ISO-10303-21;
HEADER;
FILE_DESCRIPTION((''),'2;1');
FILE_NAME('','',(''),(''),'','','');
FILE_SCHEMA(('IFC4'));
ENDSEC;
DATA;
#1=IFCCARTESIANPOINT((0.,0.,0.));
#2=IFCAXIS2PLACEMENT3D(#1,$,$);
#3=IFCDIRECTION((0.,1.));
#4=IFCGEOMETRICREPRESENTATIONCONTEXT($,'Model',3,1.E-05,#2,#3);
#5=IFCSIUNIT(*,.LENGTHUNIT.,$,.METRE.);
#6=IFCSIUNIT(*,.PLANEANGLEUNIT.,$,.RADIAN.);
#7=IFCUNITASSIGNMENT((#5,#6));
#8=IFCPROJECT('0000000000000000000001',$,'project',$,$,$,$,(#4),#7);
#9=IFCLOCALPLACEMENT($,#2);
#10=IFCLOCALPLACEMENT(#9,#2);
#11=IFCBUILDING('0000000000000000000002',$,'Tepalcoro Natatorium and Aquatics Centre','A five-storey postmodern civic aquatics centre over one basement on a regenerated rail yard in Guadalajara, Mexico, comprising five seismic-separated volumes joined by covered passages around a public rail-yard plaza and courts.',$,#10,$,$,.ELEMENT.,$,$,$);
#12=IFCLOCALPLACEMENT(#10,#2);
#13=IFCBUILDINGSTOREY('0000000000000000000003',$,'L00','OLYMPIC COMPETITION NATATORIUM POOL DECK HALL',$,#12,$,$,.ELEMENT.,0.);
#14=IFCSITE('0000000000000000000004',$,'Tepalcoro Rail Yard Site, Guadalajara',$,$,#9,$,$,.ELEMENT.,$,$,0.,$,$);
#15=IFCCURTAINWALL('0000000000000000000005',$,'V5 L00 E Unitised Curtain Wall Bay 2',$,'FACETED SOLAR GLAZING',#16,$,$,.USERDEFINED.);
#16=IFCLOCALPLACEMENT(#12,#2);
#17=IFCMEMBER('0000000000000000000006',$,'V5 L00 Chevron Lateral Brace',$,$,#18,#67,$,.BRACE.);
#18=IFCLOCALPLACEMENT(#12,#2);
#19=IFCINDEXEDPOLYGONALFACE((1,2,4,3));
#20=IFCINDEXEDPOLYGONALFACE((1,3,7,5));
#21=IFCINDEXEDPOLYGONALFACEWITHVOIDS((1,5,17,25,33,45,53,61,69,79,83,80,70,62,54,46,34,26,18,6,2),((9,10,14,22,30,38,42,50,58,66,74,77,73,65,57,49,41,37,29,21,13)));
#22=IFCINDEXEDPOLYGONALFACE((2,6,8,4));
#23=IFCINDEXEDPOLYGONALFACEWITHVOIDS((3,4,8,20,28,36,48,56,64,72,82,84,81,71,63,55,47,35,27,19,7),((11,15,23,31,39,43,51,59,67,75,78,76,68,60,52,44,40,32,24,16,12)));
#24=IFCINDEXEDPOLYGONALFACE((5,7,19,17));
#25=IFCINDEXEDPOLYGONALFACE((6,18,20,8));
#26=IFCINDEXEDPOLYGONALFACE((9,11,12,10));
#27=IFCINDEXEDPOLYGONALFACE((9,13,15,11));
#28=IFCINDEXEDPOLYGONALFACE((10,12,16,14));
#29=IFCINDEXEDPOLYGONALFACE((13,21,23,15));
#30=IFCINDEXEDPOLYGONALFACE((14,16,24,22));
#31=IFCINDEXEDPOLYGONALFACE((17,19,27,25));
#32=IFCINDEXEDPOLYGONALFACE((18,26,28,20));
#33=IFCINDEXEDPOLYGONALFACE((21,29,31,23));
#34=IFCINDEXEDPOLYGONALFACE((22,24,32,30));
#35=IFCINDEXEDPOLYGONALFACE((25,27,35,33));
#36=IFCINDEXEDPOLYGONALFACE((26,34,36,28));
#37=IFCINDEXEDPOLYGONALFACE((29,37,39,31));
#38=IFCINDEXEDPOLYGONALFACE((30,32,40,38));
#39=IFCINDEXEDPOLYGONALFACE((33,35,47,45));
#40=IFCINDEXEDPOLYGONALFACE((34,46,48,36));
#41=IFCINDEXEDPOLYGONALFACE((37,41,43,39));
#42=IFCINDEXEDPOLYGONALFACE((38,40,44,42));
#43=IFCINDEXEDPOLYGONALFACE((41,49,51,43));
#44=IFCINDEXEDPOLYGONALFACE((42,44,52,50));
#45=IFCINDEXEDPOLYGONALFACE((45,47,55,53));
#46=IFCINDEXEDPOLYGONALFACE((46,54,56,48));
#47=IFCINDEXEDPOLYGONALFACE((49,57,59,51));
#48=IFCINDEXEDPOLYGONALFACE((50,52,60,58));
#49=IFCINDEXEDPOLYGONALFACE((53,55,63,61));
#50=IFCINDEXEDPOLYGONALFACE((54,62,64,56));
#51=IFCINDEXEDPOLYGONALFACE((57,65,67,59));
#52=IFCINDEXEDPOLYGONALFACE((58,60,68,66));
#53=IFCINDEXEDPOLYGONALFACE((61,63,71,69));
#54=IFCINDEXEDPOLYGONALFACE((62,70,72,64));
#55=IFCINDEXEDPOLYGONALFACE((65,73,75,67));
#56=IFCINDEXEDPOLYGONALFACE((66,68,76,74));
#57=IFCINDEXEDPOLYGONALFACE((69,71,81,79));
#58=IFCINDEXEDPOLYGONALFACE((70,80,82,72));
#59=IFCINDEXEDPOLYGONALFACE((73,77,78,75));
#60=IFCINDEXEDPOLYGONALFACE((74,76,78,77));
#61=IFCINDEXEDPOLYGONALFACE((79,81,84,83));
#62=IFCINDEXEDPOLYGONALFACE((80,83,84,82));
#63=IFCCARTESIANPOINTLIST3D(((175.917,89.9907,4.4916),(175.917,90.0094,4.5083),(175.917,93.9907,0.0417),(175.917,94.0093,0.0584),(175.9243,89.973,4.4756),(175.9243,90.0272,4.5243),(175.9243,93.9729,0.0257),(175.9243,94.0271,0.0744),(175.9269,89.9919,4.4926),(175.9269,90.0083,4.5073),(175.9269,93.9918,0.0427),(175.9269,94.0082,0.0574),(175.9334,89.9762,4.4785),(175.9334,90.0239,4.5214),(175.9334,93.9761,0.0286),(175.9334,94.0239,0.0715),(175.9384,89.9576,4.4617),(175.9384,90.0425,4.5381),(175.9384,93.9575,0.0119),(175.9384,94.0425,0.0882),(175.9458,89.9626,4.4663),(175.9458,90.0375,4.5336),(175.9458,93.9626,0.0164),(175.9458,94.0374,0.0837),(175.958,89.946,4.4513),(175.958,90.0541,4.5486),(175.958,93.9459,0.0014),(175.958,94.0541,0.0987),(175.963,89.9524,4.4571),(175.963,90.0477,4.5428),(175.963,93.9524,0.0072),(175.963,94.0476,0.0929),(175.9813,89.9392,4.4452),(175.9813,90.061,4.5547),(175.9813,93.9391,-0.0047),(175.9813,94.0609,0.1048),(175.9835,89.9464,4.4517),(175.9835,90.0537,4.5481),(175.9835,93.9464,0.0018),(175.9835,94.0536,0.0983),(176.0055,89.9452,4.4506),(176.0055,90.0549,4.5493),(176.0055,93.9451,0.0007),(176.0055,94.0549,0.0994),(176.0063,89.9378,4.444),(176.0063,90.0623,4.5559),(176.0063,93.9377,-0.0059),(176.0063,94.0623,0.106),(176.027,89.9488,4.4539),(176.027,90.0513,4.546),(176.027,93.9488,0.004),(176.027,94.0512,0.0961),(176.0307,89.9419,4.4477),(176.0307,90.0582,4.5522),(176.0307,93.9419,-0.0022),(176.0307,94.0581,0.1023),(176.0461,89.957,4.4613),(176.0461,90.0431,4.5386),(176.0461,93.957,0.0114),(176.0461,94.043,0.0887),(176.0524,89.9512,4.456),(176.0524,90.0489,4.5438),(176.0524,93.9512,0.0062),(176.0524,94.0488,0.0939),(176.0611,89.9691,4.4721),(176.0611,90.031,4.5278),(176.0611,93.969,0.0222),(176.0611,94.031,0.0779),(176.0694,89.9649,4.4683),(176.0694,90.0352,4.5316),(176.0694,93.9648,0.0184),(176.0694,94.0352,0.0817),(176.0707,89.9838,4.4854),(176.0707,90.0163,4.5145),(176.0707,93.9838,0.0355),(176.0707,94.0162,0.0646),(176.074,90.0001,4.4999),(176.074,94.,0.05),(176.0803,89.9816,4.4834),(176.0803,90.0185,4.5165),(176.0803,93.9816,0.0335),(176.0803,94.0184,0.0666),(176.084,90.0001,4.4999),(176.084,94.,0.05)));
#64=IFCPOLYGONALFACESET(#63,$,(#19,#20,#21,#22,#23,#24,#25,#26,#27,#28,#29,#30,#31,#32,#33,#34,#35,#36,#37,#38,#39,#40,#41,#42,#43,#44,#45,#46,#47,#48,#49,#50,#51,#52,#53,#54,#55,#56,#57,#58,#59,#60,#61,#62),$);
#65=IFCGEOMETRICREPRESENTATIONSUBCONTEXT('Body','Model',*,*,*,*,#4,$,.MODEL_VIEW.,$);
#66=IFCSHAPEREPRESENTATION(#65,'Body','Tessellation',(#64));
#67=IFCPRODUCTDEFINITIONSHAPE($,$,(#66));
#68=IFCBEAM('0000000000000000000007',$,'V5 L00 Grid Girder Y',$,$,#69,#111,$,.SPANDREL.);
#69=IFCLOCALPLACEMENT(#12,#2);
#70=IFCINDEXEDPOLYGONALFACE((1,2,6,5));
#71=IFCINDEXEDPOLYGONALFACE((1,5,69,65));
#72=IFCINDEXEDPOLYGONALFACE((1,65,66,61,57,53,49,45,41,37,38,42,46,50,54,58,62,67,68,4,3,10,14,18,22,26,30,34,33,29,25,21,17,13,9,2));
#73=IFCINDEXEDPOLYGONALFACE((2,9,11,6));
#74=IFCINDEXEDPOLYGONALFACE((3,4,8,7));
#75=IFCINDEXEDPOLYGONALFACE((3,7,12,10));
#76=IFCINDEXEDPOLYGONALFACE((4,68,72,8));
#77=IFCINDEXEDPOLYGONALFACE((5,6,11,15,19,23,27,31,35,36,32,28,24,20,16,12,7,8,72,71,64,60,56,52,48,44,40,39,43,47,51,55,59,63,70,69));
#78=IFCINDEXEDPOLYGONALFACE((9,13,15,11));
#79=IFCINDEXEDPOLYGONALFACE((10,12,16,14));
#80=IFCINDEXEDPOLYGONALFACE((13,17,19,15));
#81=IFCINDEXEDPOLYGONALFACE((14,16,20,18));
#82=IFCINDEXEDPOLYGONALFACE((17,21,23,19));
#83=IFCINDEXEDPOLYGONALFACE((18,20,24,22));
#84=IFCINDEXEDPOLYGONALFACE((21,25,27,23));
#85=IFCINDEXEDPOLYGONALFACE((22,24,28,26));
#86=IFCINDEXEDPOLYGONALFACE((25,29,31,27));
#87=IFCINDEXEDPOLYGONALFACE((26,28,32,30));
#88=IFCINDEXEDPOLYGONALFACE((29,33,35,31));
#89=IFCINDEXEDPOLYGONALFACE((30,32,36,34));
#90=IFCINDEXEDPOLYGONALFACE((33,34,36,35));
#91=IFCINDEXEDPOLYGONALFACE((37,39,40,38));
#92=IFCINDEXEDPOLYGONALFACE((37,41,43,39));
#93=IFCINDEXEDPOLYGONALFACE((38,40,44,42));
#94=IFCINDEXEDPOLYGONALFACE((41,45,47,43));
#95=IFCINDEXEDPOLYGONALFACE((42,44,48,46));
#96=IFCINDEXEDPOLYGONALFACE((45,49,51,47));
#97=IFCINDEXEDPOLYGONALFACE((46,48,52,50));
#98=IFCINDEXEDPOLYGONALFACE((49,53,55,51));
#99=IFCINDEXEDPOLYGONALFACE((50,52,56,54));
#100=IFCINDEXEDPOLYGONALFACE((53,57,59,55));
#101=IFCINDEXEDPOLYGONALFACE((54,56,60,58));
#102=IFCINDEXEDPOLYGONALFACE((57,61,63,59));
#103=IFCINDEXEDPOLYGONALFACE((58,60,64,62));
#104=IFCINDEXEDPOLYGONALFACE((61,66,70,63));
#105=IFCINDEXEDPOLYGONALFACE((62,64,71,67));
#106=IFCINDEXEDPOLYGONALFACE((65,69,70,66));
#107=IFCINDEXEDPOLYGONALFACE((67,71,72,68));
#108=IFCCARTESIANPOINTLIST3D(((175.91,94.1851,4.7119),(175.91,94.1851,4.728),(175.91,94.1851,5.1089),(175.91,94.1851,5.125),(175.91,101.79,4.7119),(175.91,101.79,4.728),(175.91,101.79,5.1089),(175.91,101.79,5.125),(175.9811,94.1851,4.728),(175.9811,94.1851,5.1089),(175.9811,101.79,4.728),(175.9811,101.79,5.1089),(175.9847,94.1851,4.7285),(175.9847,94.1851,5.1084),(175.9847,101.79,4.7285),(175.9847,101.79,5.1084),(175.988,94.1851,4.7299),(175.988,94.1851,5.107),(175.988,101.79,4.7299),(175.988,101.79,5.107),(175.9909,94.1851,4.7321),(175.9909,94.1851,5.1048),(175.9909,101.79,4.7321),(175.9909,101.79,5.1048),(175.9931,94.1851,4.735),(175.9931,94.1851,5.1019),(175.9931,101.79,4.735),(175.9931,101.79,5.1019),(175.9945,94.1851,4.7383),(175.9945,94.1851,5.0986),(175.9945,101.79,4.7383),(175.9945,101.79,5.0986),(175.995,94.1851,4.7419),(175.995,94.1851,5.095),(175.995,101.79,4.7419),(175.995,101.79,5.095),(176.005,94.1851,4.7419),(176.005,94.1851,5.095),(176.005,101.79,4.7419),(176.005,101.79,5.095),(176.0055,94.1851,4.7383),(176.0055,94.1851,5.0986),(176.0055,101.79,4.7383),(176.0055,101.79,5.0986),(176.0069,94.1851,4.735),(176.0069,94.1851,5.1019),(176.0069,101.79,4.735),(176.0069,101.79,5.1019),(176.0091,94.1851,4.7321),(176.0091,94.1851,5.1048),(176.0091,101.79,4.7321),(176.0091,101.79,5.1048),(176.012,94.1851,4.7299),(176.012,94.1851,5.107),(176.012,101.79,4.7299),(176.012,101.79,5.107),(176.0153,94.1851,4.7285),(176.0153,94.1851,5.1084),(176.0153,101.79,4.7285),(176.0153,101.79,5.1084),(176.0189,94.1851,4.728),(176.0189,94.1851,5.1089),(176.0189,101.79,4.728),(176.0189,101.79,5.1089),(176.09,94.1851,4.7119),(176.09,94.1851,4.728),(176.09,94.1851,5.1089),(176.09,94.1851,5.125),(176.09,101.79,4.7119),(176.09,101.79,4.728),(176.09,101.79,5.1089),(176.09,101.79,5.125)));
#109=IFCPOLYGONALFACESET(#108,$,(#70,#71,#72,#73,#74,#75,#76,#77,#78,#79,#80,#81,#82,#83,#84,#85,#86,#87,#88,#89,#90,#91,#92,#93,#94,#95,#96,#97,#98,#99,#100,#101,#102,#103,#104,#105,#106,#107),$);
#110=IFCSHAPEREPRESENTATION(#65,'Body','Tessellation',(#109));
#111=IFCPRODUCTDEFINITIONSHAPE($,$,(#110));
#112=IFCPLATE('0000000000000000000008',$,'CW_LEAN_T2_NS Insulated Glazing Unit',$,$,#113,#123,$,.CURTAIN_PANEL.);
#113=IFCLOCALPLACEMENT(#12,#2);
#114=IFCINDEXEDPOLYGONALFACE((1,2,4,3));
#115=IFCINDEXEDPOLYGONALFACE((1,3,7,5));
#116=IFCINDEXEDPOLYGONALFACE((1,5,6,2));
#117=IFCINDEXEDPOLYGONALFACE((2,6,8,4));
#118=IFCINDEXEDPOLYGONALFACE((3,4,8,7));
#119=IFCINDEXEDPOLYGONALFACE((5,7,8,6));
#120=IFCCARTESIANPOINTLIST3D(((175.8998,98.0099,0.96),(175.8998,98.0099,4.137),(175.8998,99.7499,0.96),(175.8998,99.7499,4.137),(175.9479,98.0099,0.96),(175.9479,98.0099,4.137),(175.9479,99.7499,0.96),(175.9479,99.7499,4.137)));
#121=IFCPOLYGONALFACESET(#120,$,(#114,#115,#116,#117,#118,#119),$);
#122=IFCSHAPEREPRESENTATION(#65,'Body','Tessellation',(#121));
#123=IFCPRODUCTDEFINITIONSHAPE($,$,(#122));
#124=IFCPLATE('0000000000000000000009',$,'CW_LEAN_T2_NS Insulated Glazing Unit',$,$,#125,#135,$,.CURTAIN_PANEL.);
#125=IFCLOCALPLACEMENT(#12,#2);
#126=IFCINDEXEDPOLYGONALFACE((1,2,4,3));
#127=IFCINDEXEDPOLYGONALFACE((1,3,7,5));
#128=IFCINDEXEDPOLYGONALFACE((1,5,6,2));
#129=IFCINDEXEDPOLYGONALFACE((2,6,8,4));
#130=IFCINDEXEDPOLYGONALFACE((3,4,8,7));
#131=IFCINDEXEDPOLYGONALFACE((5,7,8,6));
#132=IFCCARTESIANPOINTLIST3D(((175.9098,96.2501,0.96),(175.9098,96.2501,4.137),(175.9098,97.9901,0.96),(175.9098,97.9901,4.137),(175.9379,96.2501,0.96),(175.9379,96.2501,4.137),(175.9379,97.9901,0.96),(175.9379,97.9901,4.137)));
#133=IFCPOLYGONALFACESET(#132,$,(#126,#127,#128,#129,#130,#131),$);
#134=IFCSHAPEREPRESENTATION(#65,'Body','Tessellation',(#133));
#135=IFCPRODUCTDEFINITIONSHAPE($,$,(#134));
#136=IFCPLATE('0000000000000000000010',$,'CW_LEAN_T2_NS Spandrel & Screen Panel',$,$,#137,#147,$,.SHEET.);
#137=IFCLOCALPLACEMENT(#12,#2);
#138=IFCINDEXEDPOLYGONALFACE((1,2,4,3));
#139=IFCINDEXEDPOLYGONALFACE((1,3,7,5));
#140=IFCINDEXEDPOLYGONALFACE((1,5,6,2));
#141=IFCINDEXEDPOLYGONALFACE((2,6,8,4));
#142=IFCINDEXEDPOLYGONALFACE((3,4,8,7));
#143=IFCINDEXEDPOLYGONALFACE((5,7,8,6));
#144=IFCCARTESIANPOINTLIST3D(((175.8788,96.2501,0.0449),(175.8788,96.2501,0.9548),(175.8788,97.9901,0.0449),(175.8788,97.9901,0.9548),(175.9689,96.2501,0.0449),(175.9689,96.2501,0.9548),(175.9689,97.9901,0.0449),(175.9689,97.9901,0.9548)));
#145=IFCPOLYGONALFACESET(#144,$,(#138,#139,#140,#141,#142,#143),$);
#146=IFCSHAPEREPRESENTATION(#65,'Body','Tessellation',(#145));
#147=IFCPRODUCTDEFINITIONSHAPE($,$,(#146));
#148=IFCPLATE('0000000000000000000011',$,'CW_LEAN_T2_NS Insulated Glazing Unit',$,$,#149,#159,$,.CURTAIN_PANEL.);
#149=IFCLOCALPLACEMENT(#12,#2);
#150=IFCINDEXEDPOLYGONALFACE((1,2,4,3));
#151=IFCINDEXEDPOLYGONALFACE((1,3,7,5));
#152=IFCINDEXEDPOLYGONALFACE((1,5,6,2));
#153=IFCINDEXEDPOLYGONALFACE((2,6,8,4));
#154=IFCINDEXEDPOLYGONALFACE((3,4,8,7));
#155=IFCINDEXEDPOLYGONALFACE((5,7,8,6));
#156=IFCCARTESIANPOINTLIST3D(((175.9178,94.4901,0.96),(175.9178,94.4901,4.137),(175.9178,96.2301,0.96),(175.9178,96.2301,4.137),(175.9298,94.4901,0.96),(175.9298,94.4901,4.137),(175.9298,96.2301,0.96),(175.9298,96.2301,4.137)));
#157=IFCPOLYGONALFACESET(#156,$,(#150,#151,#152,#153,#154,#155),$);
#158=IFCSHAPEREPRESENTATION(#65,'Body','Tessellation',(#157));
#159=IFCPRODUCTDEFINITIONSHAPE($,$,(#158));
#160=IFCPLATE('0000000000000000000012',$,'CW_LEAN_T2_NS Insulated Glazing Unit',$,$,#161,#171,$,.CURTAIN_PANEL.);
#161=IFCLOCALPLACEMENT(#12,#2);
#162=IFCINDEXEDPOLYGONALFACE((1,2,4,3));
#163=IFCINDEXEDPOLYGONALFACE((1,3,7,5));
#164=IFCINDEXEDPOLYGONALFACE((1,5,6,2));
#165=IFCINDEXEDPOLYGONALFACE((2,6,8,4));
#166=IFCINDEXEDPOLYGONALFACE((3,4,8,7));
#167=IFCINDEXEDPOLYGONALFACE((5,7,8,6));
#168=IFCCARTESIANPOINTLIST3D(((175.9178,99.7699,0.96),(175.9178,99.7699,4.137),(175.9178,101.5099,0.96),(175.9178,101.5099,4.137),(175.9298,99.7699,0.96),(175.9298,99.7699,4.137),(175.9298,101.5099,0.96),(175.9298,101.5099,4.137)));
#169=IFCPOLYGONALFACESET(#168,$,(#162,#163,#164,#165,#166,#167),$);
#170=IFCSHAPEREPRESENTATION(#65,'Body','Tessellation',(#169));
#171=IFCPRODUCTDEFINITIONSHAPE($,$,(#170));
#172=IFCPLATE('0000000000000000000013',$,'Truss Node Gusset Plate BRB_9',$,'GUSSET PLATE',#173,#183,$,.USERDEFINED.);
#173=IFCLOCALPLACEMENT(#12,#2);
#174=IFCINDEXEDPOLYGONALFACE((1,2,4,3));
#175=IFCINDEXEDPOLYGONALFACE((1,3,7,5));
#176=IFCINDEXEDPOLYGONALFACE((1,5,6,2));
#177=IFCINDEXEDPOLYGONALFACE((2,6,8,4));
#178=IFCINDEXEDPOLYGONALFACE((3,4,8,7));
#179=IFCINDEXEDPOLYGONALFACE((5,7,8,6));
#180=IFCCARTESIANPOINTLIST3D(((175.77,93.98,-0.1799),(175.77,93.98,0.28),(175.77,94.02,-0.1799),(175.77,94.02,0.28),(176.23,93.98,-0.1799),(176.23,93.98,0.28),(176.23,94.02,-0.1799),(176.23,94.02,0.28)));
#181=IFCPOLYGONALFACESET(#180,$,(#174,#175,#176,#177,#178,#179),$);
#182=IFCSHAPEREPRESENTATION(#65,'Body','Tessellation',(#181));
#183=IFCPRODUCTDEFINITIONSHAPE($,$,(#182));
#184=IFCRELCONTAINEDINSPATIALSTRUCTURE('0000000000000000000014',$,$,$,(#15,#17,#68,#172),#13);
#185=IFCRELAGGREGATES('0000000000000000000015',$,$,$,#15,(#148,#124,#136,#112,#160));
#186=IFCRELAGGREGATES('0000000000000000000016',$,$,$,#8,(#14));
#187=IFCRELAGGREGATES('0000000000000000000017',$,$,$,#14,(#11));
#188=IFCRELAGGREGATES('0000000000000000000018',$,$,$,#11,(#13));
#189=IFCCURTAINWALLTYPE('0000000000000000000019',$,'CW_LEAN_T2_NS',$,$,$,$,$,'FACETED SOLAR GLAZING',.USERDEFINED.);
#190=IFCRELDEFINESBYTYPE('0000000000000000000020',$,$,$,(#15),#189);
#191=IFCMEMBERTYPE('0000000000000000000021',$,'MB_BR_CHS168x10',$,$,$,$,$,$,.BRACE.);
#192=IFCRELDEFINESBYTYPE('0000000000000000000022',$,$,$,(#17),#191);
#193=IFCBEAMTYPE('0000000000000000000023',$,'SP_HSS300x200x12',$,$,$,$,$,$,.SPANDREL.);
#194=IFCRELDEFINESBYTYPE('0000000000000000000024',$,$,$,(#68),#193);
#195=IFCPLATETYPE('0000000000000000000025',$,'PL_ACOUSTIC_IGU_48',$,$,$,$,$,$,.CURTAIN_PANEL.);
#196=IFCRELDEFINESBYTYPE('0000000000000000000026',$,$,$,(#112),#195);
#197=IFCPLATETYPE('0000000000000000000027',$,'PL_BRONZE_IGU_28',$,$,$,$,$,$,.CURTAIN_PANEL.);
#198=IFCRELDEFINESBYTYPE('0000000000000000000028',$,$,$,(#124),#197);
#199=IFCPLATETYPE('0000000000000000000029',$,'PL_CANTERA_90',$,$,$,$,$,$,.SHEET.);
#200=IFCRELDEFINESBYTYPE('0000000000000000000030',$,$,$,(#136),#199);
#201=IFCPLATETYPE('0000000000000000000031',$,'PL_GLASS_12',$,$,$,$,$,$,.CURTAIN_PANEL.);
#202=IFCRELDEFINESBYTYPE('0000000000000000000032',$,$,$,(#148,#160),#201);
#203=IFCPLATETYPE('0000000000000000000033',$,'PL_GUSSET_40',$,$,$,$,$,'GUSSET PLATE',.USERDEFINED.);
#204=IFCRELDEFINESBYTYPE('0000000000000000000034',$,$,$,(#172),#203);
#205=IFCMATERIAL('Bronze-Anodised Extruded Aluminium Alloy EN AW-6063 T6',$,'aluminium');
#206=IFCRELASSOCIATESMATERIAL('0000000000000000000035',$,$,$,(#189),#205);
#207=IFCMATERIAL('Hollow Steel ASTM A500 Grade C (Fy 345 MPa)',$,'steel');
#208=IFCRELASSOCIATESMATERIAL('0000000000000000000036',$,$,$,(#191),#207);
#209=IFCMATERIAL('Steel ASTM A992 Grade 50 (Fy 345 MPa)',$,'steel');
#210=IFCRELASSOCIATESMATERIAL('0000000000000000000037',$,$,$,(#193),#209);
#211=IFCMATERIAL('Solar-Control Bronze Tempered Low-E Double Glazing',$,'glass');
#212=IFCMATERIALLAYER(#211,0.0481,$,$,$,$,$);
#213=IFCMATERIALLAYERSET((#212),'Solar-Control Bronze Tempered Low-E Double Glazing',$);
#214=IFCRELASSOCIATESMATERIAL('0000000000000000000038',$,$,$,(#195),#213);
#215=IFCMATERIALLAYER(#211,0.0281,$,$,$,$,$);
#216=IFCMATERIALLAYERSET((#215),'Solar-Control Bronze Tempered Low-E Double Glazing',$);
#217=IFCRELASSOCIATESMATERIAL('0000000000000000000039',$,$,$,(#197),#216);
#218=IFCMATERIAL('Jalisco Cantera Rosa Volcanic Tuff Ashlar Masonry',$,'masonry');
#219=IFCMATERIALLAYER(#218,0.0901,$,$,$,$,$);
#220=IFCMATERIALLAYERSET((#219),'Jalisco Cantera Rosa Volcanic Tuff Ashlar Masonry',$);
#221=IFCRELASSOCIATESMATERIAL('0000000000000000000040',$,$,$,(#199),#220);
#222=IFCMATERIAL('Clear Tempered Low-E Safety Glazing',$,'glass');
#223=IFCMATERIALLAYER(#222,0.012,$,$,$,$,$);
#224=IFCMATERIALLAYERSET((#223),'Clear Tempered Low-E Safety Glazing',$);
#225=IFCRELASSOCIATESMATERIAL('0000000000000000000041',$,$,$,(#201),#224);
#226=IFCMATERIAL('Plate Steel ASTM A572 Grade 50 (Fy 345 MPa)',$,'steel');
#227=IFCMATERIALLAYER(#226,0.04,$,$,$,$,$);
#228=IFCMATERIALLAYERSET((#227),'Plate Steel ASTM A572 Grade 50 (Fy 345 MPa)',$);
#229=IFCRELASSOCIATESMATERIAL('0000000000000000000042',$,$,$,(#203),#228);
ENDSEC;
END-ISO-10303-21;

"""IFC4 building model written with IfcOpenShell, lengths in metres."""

from ifc_helpers import new_model, si_unit, direction, frame, origin, origin_2d, place, context, subcontext, project, spatial, rectangle, hollow_circle, i_section, extrude, material, layer, layer_set, material_profile, profile_set, type_object, element, aggregate, save


model = new_model("IFC4")

# Units and contexts
model_context = context("Model", 3, precision=1e-05, world=origin(), true_north=direction((0.0, 1.0)))
body_context = subcontext(model_context, "Body", "Model", "MODEL_VIEW")
ifc_project = project(units=[si_unit("LENGTHUNIT", "METRE"), si_unit("PLANEANGLEUNIT", "RADIAN")], contexts=[model_context])

# Site, building, storey
site_placement = place(None, origin())
site = spatial("IfcSite", under=ifc_project, at=site_placement, Name="Tepalcoro Rail Yard Site, Guadalajara", CompositionType="ELEMENT", RefElevation=0.0)
building_placement = place(site_placement, origin())
building = spatial("IfcBuilding", under=site, at=building_placement, Name="Tepalcoro Natatorium and Aquatics Centre", Description="A five-storey postmodern civic aquatics centre over one basement on a regenerated rail yard in Guadalajara, Mexico, comprising five seismic-separated volumes joined by covered passages around a public rail-yard plaza and courts.", CompositionType="ELEMENT")
storey_placement = place(building_placement, origin())
storey = spatial("IfcBuildingStorey", under=building, at=storey_placement, Name="L00", Description="OLYMPIC COMPETITION NATATORIUM POOL DECK HALL", CompositionType="ELEMENT", Elevation=0.0)

# Shared definitions
ifc_material_1 = material(Name="Steel ASTM A992 Grade 50 (Fy 345 MPa)", Category="steel")

# Curtain wall
ifc_material_2 = material(Name="Bronze-Anodised Extruded Aluminium Alloy EN AW-6063 T6", Category="aluminium")
curtain_wall_type = type_object("IfcCurtainWallType", Name="CW_LEAN_T2_NS", ElementType="FACETED SOLAR GLAZING", PredefinedType="USERDEFINED", material=ifc_material_2)
curtain_wall_placement = place(storey_placement, origin())
curtain_wall = element("IfcCurtainWall", 1, at=curtain_wall_placement, inside=storey, type_object=curtain_wall_type, Name="V5 L00 E Unitised Curtain Wall Bay 2", ObjectType="FACETED SOLAR GLAZING", PredefinedType="USERDEFINED")

# Member
ifc_material_3 = material(Name="Hollow Steel ASTM A500 Grade C (Fy 345 MPa)", Category="steel")
ifc_material_profile_1 = material_profile(ifc_material_3, hollow_circle(Radius=0.084, WallThickness=0.01, at=origin_2d()), Name="CHS168X10")
ifc_profile_set_1 = profile_set([ifc_material_profile_1], Name="Hollow Steel ASTM A500 Grade C (Fy 345 MPa)")
member_type_1 = type_object("IfcMemberType", Name="MB_BR_CHS168x10", PredefinedType="BRACE", material=ifc_profile_set_1)
member_1_placement = place(storey_placement, frame((176.0, 94.0, 0.05), z_axis=(0.0, -0.668507, 0.743706), x_axis=(1.0, 0.0, 0.0)))
element("IfcMember", 2, at=member_1_placement, inside=storey, type_object=member_type_1, Name="V5 L00 Chevron Lateral Brace", PredefinedType="BRACE", context=body_context, shape_type="SweptSolid", body=[
    extrude(hollow_circle(Radius=0.084, WallThickness=0.01, at=origin_2d()), origin(), (0.0, 0.0, 1.0), 5.9834),
])

# Beam
ifc_material_profile_2 = material_profile(ifc_material_1, i_section(OverallWidth=0.1799, OverallDepth=0.4131, WebThickness=0.01, FlangeThickness=0.0161, FilletRadius=0.0139, at=origin_2d()), Name="W16X50")
ifc_profile_set_2 = profile_set([ifc_material_profile_2], Name="Steel ASTM A992 Grade 50 (Fy 345 MPa)")
beam_type_1 = type_object("IfcBeamType", Name="SP_HSS300x200x12", PredefinedType="SPANDREL", material=ifc_profile_set_2)
beam_1_placement = place(storey_placement, frame((176.0, 94.1851, 4.9185), z_axis=(0.0, 1.0, 0.0), x_axis=(-1.0, 0.0, 0.0)))
element("IfcBeam", 3, at=beam_1_placement, inside=storey, type_object=beam_type_1, Name="V5 L00 Grid Girder Y", PredefinedType="SPANDREL", context=body_context, shape_type="SweptSolid", body=[
    extrude(i_section(OverallWidth=0.1799, OverallDepth=0.4131, WebThickness=0.01, FlangeThickness=0.0161, FilletRadius=0.0139, at=origin_2d()), origin(), (0.0, 0.0, 1.0), 7.605),
])

# Plates
ifc_material_4 = material(Name="Solar-Control Bronze Tempered Low-E Double Glazing", Category="glass")
ifc_layer_1 = layer(ifc_material_4, 0.0481)
ifc_layer_set_1 = layer_set([ifc_layer_1], Name="Solar-Control Bronze Tempered Low-E Double Glazing")
plate_type_1 = type_object("IfcPlateType", Name="PL_ACOUSTIC_IGU_48", PredefinedType="CURTAIN_PANEL", material=ifc_layer_set_1)
plate_1_placement = place(storey_placement, frame((175.9238, 98.8799, 0.96), z_axis=(0.0, 0.0, 1.0), x_axis=(1.0, 0.0, 0.0)))
plate_1 = element("IfcPlate", 4, at=plate_1_placement, type_object=plate_type_1, Name="CW_LEAN_T2_NS Insulated Glazing Unit", PredefinedType="CURTAIN_PANEL", context=body_context, shape_type="SweptSolid", body=[
    extrude(rectangle(XDim=0.0481, YDim=1.74, at=origin_2d()), origin(), (0.0, 0.0, 1.0), 3.177),
])
ifc_layer_2 = layer(ifc_material_4, 0.0281)
ifc_layer_set_2 = layer_set([ifc_layer_2], Name="Solar-Control Bronze Tempered Low-E Double Glazing")
plate_type_2 = type_object("IfcPlateType", Name="PL_BRONZE_IGU_28", PredefinedType="CURTAIN_PANEL", material=ifc_layer_set_2)
plate_2_placement = place(storey_placement, frame((175.9238, 97.1201, 0.96), z_axis=(0.0, 0.0, 1.0), x_axis=(1.0, 0.0, 0.0)))
plate_2 = element("IfcPlate", 5, at=plate_2_placement, type_object=plate_type_2, Name="CW_LEAN_T2_NS Insulated Glazing Unit", PredefinedType="CURTAIN_PANEL", context=body_context, shape_type="SweptSolid", body=[
    extrude(rectangle(XDim=0.0281, YDim=1.74, at=origin_2d()), origin(), (0.0, 0.0, 1.0), 3.177),
])
ifc_material_5 = material(Name="Jalisco Cantera Rosa Volcanic Tuff Ashlar Masonry", Category="masonry")
ifc_layer_3 = layer(ifc_material_5, 0.0901)
ifc_layer_set_3 = layer_set([ifc_layer_3], Name="Jalisco Cantera Rosa Volcanic Tuff Ashlar Masonry")
plate_type_3 = type_object("IfcPlateType", Name="PL_CANTERA_90", PredefinedType="SHEET", material=ifc_layer_set_3)
plate_3_placement = place(storey_placement, frame((175.9238, 97.1201, 0.0449), z_axis=(0.0, 0.0, 1.0), x_axis=(1.0, 0.0, 0.0)))
plate_3 = element("IfcPlate", 6, at=plate_3_placement, type_object=plate_type_3, Name="CW_LEAN_T2_NS Spandrel & Screen Panel", PredefinedType="SHEET", context=body_context, shape_type="SweptSolid", body=[
    extrude(rectangle(XDim=0.0901, YDim=1.74, at=origin_2d()), origin(), (0.0, 0.0, 1.0), 0.9099),
])
ifc_material_6 = material(Name="Clear Tempered Low-E Safety Glazing", Category="glass")
ifc_layer_4 = layer(ifc_material_6, 0.012)
ifc_layer_set_4 = layer_set([ifc_layer_4], Name="Clear Tempered Low-E Safety Glazing")
plate_type_4 = type_object("IfcPlateType", Name="PL_GLASS_12", PredefinedType="CURTAIN_PANEL", material=ifc_layer_set_4)
plate_4_placement = place(storey_placement, frame((175.9238, 95.3601, 0.96), z_axis=(0.0, 0.0, 1.0), x_axis=(1.0, 0.0, 0.0)))
plate_4 = element("IfcPlate", 7, at=plate_4_placement, type_object=plate_type_4, Name="CW_LEAN_T2_NS Insulated Glazing Unit", PredefinedType="CURTAIN_PANEL", context=body_context, shape_type="SweptSolid", body=[
    extrude(rectangle(XDim=0.012, YDim=1.74, at=origin_2d()), origin(), (0.0, 0.0, 1.0), 3.177),
])
plate_5_placement = place(storey_placement, frame((175.9238, 100.6399, 0.96), z_axis=(0.0, 0.0, 1.0), x_axis=(1.0, 0.0, 0.0)))
plate_5 = element("IfcPlate", 8, at=plate_5_placement, type_object=plate_type_4, Name="CW_LEAN_T2_NS Insulated Glazing Unit", PredefinedType="CURTAIN_PANEL", context=body_context, shape_type="SweptSolid", body=[
    extrude(rectangle(XDim=0.012, YDim=1.74, at=origin_2d()), origin(), (0.0, 0.0, 1.0), 3.177),
])
ifc_material_7 = material(Name="Plate Steel ASTM A572 Grade 50 (Fy 345 MPa)", Category="steel")
ifc_layer_5 = layer(ifc_material_7, 0.04)
ifc_layer_set_5 = layer_set([ifc_layer_5], Name="Plate Steel ASTM A572 Grade 50 (Fy 345 MPa)")
plate_type_5 = type_object("IfcPlateType", Name="PL_GUSSET_40", ElementType="GUSSET PLATE", PredefinedType="USERDEFINED", material=ifc_layer_set_5)
plate_6_placement = place(storey_placement, frame((176.0, 94.0, -0.1799), z_axis=(0.0, 0.0, 1.0), x_axis=(1.0, 0.0, 0.0)))
element("IfcPlate", 9, at=plate_6_placement, inside=storey, type_object=plate_type_5, Name="Truss Node Gusset Plate BRB_9", ObjectType="GUSSET PLATE", PredefinedType="USERDEFINED", context=body_context, shape_type="SweptSolid", body=[
    extrude(rectangle(XDim=0.46, YDim=0.04, at=origin_2d()), origin(), (0.0, 0.0, 1.0), 0.46),
])
aggregate(curtain_wall, [plate_4, plate_2, plate_3, plate_1, plate_5])

save(model, "model.ifc")
